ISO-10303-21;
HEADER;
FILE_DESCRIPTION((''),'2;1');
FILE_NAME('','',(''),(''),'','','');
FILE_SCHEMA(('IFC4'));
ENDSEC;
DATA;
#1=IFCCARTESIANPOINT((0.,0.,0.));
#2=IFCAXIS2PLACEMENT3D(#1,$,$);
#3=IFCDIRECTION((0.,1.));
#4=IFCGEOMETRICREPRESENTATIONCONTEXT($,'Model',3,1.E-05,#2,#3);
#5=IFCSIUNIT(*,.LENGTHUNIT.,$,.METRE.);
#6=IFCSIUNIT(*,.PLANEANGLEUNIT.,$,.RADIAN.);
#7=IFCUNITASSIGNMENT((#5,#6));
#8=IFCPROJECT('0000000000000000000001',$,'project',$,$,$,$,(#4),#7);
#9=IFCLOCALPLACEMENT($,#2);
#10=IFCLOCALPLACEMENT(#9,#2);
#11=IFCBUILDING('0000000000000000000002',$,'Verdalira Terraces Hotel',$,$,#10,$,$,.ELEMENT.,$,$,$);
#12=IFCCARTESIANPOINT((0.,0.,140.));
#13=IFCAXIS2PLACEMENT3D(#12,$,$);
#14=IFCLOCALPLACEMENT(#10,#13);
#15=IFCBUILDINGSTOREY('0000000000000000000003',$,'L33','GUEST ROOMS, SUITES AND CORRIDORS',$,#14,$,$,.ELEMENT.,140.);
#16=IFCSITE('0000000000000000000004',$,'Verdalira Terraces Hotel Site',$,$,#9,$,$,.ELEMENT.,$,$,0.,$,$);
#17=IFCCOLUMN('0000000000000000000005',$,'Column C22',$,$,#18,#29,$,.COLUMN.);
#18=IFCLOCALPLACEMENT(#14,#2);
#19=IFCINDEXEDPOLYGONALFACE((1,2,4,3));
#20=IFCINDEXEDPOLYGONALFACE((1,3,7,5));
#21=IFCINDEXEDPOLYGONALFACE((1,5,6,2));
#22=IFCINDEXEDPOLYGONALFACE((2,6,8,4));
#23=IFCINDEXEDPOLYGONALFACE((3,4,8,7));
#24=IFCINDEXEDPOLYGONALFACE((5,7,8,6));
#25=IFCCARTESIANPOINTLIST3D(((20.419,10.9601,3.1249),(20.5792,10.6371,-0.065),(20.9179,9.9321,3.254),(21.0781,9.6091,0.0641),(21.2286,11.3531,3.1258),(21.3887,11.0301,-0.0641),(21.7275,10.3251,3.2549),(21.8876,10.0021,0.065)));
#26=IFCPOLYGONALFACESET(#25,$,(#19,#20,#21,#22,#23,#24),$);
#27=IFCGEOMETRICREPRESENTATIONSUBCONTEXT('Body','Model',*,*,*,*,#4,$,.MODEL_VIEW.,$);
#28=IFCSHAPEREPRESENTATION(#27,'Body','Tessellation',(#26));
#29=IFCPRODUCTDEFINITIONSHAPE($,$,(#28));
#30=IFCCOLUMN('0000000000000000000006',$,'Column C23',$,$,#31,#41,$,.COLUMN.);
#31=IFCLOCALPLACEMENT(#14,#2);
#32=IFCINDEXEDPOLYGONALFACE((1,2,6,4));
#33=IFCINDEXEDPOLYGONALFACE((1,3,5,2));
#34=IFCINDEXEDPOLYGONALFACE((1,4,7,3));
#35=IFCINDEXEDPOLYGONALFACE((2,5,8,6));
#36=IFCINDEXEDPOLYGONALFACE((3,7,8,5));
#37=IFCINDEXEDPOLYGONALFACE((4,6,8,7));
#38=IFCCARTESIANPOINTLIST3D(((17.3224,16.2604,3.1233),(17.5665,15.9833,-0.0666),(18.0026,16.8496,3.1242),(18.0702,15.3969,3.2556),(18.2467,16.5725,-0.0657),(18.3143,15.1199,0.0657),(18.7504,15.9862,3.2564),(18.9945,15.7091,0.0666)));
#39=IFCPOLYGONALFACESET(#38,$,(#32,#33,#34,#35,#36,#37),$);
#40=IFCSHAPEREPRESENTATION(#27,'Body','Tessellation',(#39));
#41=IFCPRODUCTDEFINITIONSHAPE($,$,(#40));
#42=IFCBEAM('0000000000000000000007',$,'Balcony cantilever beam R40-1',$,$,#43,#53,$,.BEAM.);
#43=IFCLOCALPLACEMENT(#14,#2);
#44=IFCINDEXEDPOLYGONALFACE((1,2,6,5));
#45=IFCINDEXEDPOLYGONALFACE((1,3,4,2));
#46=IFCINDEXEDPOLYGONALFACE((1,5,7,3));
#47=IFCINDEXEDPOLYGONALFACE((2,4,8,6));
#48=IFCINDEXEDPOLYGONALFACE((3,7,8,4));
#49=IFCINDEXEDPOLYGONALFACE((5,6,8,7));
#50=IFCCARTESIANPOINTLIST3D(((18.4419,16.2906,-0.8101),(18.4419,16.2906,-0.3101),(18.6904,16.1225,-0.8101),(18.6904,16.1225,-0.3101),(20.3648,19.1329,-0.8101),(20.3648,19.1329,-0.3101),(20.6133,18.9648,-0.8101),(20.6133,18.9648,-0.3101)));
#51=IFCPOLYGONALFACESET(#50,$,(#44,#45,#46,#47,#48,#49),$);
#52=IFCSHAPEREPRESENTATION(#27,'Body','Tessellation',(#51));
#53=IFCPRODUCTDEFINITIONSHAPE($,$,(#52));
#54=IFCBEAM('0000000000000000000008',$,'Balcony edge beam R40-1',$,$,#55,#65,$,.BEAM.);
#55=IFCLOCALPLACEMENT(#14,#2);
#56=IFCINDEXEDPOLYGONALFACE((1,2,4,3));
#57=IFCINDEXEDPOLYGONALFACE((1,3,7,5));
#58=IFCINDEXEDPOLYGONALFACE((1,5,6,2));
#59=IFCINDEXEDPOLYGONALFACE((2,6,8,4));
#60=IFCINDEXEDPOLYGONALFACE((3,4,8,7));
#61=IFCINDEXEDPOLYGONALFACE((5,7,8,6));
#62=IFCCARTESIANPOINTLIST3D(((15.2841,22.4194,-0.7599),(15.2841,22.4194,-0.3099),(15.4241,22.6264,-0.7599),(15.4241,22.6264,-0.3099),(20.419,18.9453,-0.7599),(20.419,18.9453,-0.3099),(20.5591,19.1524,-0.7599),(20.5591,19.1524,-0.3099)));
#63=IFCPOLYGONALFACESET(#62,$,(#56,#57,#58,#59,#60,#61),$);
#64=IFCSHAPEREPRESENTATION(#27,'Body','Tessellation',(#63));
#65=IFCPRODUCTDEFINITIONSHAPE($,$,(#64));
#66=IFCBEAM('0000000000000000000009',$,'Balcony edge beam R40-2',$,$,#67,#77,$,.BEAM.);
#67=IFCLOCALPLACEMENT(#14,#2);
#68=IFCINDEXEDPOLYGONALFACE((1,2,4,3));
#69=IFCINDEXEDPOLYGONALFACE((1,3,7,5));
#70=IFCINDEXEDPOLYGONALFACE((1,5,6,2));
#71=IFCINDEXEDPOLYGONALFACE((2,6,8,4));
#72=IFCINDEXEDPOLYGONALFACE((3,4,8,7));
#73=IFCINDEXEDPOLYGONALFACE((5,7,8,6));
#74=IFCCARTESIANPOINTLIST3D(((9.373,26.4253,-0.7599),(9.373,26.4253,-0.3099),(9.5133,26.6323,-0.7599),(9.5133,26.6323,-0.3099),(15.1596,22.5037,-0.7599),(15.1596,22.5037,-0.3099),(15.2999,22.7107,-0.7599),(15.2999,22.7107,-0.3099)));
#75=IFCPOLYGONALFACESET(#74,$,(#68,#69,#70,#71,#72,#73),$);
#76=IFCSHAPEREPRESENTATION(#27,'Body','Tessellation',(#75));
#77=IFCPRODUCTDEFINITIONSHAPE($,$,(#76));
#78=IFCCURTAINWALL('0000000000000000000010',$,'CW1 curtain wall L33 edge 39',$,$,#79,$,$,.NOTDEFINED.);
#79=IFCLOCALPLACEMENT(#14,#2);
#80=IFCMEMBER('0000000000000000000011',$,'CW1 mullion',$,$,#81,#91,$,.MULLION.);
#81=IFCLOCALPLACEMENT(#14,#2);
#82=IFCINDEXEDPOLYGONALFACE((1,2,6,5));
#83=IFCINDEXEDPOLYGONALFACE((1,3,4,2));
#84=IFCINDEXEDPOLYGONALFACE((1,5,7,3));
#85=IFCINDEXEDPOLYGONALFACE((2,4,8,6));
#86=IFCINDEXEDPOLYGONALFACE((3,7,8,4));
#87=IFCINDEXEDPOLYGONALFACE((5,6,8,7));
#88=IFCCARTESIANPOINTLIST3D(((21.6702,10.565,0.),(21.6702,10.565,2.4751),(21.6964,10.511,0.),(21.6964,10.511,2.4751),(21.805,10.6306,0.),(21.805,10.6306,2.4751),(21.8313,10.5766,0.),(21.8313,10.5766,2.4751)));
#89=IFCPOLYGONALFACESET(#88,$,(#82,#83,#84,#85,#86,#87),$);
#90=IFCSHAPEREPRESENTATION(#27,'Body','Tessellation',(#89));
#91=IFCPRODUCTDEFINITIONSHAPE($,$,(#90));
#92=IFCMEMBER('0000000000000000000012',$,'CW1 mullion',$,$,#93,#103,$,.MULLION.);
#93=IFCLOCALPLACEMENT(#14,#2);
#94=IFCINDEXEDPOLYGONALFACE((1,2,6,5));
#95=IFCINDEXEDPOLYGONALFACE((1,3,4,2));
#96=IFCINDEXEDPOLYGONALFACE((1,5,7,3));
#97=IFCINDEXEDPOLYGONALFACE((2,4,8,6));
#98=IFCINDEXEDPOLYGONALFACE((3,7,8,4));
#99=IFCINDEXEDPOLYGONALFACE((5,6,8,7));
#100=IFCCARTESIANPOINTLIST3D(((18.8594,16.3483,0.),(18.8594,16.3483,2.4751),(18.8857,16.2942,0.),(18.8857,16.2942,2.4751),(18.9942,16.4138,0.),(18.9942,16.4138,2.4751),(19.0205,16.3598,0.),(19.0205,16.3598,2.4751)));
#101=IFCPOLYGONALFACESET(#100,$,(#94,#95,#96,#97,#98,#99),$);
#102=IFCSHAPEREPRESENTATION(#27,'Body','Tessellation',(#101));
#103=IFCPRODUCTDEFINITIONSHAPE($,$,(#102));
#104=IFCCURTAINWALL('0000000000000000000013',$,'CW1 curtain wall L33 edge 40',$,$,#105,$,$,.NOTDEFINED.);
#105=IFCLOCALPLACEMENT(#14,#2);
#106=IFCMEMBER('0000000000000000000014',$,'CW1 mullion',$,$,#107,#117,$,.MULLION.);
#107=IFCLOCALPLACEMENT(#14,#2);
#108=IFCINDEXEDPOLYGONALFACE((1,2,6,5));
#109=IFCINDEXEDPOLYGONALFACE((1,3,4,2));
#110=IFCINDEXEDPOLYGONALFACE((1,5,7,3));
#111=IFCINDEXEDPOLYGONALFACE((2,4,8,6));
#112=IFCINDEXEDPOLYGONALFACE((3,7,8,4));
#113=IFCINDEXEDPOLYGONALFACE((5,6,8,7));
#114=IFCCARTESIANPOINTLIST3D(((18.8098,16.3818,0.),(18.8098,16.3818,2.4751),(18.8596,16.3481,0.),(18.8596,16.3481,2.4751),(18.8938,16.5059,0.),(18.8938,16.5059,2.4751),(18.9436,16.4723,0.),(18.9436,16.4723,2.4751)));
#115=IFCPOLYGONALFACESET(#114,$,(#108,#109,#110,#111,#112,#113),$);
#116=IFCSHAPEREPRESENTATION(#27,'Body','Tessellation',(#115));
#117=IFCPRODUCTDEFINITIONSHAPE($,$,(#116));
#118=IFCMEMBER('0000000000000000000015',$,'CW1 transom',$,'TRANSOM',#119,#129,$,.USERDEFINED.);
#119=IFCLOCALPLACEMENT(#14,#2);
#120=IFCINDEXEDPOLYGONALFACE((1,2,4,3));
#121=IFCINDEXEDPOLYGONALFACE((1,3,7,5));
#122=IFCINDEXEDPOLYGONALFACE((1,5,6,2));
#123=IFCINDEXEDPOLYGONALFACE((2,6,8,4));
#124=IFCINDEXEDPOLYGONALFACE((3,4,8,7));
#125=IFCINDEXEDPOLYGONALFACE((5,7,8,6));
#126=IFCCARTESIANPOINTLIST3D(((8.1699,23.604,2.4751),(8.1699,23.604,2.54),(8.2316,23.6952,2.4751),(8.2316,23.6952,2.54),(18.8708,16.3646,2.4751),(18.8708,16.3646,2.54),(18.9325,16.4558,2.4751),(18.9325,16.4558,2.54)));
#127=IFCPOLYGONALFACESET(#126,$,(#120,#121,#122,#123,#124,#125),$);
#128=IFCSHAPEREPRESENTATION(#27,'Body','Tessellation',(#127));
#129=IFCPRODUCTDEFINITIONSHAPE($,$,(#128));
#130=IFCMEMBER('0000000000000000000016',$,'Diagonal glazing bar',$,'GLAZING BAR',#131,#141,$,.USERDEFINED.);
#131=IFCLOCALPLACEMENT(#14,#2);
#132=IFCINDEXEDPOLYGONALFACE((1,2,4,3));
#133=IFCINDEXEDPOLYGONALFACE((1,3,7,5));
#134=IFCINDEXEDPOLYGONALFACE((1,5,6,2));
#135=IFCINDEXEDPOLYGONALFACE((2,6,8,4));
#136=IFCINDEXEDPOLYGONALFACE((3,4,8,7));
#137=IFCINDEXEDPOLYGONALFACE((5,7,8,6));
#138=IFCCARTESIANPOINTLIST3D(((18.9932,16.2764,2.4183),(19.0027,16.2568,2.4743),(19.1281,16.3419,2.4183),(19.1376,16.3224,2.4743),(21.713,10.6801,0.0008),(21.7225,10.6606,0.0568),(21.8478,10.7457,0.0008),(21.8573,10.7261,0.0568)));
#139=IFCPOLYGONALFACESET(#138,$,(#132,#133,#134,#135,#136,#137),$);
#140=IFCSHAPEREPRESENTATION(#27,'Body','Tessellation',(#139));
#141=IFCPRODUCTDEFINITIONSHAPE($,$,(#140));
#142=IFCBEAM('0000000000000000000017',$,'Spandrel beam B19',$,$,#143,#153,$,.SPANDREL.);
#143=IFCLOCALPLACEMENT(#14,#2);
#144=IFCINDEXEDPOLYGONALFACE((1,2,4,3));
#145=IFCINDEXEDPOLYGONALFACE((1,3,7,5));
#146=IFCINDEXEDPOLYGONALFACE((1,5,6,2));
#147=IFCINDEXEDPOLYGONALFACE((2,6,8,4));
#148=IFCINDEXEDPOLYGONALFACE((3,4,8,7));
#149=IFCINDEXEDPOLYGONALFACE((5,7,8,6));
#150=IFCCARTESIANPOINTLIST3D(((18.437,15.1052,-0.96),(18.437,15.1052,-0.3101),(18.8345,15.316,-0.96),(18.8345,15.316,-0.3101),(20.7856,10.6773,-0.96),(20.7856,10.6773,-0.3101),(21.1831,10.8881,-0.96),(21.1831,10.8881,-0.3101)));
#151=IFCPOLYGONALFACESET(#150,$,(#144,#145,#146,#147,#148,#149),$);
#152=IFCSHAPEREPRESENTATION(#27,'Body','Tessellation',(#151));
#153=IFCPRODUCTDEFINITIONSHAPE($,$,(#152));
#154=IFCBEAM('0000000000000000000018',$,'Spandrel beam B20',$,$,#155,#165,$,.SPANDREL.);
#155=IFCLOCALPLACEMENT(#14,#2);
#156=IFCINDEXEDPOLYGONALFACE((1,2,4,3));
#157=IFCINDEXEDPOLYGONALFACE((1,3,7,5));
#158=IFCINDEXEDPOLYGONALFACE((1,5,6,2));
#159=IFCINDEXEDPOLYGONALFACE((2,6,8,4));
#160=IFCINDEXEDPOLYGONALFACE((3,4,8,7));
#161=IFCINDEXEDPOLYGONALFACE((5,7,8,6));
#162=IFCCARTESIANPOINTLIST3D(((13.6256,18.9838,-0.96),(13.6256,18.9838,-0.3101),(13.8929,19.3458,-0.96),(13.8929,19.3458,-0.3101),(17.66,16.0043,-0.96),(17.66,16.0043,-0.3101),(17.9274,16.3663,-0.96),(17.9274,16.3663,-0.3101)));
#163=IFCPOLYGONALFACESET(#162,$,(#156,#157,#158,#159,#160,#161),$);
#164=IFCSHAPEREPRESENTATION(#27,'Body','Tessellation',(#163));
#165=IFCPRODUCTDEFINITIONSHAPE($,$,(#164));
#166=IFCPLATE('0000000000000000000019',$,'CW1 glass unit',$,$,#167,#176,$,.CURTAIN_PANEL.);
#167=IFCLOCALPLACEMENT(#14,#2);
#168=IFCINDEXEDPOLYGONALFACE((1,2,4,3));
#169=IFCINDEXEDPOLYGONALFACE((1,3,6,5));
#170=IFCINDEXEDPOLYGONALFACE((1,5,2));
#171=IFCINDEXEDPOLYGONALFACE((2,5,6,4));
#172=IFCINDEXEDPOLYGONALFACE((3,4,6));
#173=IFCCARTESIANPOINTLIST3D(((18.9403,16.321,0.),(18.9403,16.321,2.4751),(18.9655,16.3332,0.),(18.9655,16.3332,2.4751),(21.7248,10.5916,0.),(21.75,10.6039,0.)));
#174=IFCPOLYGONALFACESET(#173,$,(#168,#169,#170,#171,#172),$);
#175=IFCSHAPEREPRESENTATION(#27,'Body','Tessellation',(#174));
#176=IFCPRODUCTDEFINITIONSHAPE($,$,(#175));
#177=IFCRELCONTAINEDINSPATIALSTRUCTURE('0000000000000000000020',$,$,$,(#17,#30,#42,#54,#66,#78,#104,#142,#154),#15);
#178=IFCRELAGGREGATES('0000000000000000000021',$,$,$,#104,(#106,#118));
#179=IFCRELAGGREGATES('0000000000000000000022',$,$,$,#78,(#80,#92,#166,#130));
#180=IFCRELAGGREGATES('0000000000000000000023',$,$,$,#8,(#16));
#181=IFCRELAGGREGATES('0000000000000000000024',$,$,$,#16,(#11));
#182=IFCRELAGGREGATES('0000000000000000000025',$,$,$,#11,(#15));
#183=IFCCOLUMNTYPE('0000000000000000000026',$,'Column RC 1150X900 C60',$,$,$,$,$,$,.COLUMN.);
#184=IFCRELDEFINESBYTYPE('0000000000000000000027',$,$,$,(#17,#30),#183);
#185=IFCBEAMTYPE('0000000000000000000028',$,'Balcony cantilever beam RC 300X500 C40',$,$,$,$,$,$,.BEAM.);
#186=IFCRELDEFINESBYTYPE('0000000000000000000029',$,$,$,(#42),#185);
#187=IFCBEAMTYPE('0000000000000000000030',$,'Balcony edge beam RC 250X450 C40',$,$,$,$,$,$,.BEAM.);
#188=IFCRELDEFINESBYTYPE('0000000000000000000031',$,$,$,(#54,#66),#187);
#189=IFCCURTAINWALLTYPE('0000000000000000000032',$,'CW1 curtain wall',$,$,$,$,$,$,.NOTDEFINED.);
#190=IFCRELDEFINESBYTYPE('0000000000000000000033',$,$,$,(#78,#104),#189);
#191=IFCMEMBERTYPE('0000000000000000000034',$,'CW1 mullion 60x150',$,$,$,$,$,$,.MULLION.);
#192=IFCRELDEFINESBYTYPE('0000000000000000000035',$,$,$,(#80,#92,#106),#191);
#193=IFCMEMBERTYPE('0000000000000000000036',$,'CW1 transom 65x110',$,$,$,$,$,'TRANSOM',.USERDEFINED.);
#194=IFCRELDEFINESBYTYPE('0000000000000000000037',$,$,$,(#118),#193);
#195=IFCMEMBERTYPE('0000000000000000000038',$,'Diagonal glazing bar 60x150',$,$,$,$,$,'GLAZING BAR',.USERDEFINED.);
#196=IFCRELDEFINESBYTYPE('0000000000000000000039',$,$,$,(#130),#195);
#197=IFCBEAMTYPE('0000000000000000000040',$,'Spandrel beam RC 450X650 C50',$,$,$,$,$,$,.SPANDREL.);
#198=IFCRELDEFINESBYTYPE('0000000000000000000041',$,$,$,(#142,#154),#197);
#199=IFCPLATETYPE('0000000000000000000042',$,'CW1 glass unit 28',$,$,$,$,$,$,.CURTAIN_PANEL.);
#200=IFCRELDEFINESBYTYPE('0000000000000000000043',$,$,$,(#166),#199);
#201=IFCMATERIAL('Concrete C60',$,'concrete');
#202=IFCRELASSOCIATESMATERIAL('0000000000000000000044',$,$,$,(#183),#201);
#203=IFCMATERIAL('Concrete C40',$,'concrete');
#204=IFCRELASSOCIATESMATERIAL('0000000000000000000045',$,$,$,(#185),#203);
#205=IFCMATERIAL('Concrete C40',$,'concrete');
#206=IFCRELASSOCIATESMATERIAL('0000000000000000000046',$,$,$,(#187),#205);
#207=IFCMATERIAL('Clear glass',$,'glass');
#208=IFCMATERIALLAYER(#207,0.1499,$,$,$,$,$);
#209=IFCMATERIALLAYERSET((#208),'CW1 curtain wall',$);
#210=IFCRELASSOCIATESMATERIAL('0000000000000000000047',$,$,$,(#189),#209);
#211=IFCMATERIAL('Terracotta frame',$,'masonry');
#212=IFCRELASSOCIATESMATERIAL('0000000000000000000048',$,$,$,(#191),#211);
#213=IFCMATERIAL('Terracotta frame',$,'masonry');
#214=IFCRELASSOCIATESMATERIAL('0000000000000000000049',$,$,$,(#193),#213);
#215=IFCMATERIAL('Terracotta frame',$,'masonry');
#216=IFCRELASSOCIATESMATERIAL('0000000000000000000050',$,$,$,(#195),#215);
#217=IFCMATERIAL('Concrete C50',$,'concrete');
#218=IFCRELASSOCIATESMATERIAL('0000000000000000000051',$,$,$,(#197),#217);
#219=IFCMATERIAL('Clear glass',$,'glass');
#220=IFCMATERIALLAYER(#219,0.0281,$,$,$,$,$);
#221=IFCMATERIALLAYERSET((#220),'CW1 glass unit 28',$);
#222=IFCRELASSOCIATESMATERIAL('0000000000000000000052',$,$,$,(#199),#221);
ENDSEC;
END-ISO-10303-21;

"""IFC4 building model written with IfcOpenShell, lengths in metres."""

from ifc_helpers import new_model, si_unit, direction, frame, origin, origin_2d, place, context, subcontext, project, spatial, polyline, rectangle, outline, extrude, material, layer, layer_set, material_profile, profile_set, type_object, element, aggregate, save


model = new_model("IFC4")

# Units and contexts
model_context = context("Model", 3, precision=1e-05, world=origin(), true_north=direction((0.0, 1.0)))
body_context = subcontext(model_context, "Body", "Model", "MODEL_VIEW")
ifc_project = project(units=[si_unit("LENGTHUNIT", "METRE"), si_unit("PLANEANGLEUNIT", "RADIAN")], contexts=[model_context])

# Site, building, storey
site_placement = place(None, origin())
site = spatial("IfcSite", under=ifc_project, at=site_placement, Name="Verdalira Terraces Hotel Site", CompositionType="ELEMENT", RefElevation=0.0)
building_placement = place(site_placement, origin())
building = spatial("IfcBuilding", under=site, at=building_placement, Name="Verdalira Terraces Hotel", CompositionType="ELEMENT")
storey_placement = place(building_placement, frame((0.0, 0.0, 140.0)))
storey = spatial("IfcBuildingStorey", under=building, at=storey_placement, Name="L33", Description="GUEST ROOMS, SUITES AND CORRIDORS", CompositionType="ELEMENT", Elevation=140.0)

# Columns
ifc_material_1 = material(Name="Concrete C60", Category="concrete")
ifc_material_profile_1 = material_profile(ifc_material_1, rectangle(XDim=1.1499, YDim=0.8999, at=origin_2d()), Name="RC 1150X900")
ifc_profile_set_1 = profile_set([ifc_material_profile_1], Name="Concrete C60")
column_type = type_object("IfcColumnType", Name="Column RC 1150X900 C60", PredefinedType="COLUMN", material=ifc_profile_set_1)
column_1_placement = place(storey_placement, frame((21.2334, 10.3196, 0.0), z_axis=(-0.049889, 0.100615, 0.993674), x_axis=(-0.433852, 0.893958, -0.1123)))
element("IfcColumn", 1, at=column_1_placement, inside=storey, type_object=column_type, Name="Column C22", PredefinedType="COLUMN", context=body_context, shape_type="SweptSolid", body=[
    extrude(rectangle(XDim=1.1499, YDim=0.8999, at=origin_2d()), origin(), (0.0, 0.0, 1.0), 3.2102),
])
column_2_placement = place(storey_placement, frame((18.2805, 15.8462, 0.0), z_axis=(-0.076027, 0.08629, 0.993365), x_axis=(0.650338, -0.75089, 0.115001)))
element("IfcColumn", 2, at=column_2_placement, inside=storey, type_object=column_type, Name="Column C23", PredefinedType="COLUMN", context=body_context, shape_type="SweptSolid", body=[
    extrude(rectangle(XDim=1.1499, YDim=0.8999, at=origin_2d()), origin(), (0.0, 0.0, 1.0), 3.2112),
])

# Beams
ifc_material_2 = material(Name="Concrete C40", Category="concrete")
ifc_material_profile_2 = material_profile(ifc_material_2, rectangle(XDim=0.3, YDim=0.5, at=origin_2d()), Name="RC 300X500")
ifc_profile_set_2 = profile_set([ifc_material_profile_2], Name="Concrete C40")
beam_type_1 = type_object("IfcBeamType", Name="Balcony cantilever beam RC 300X500 C40", PredefinedType="BEAM", material=ifc_profile_set_2)
beam_1_placement = place(storey_placement, frame((18.5662, 16.2065, -0.5601), z_axis=(0.560335, 0.828266, 0.0), x_axis=(-0.828266, 0.560335, 0.0)))
element("IfcBeam", 3, at=beam_1_placement, inside=storey, type_object=beam_type_1, Name="Balcony cantilever beam R40-1", PredefinedType="BEAM", context=body_context, shape_type="SweptSolid", body=[
    extrude(rectangle(XDim=0.3, YDim=0.5, at=origin_2d()), origin(), (0.0, 0.0, 1.0), 3.4316),
])
ifc_material_3 = material(Name="Concrete C40", Category="concrete")
ifc_material_profile_3 = material_profile(ifc_material_3, rectangle(XDim=0.25, YDim=0.45, at=origin_2d()), Name="RC 250X450")
ifc_profile_set_3 = profile_set([ifc_material_profile_3], Name="Concrete C40")
beam_type_2 = type_object("IfcBeamType", Name="Balcony edge beam RC 250X450 C40", PredefinedType="BEAM", material=ifc_profile_set_3)
beam_2_placement = place(storey_placement, frame((20.489, 19.0488, -0.5349), z_axis=(-0.828251, 0.560358, 0.0), x_axis=(-0.560358, -0.828251, 0.0)))
element("IfcBeam", 4, at=beam_2_placement, inside=storey, type_object=beam_type_2, Name="Balcony edge beam R40-1", PredefinedType="BEAM", context=body_context, shape_type="SweptSolid", body=[
    extrude(rectangle(XDim=0.25, YDim=0.45, at=origin_2d()), origin(), (0.0, 0.0, 1.0), 6.1997),
])
beam_3_placement = place(storey_placement, frame((15.2297, 22.6072, -0.5349), z_axis=(-0.827808, 0.561011, 0.0), x_axis=(-0.561011, -0.827808, 0.0)))
element("IfcBeam", 5, at=beam_3_placement, inside=storey, type_object=beam_type_2, Name="Balcony edge beam R40-2", PredefinedType="BEAM", context=body_context, shape_type="SweptSolid", body=[
    extrude(rectangle(XDim=0.25, YDim=0.45, at=origin_2d()), origin(), (0.0, 0.0, 1.0), 6.9902),
])

# Curtain walls, members
ifc_material_4 = material(Name="Clear glass", Category="glass")
ifc_layer_1 = layer(ifc_material_4, 0.1499)
ifc_layer_set_1 = layer_set([ifc_layer_1], Name="CW1 curtain wall")
curtain_wall_type = type_object("IfcCurtainWallType", Name="CW1 curtain wall", PredefinedType="NOTDEFINED", material=ifc_layer_set_1)
curtain_wall_1_placement = place(storey_placement, origin())
curtain_wall_1 = element("IfcCurtainWall", 6, at=curtain_wall_1_placement, inside=storey, type_object=curtain_wall_type, Name="CW1 curtain wall L33 edge 39", PredefinedType="NOTDEFINED")
ifc_material_5 = material(Name="Terracotta frame", Category="masonry")
ifc_material_profile_4 = material_profile(ifc_material_5, rectangle(XDim=0.0601, YDim=0.1499, at=origin_2d()), Name="MU 60x150")
ifc_profile_set_4 = profile_set([ifc_material_profile_4], Name="Terracotta frame")
member_type_1 = type_object("IfcMemberType", Name="CW1 mullion 60x150", PredefinedType="MULLION", material=ifc_profile_set_4)
member_1_placement = place(storey_placement, frame((21.7507, 10.5708, 0.0), z_axis=(0.0, 0.0, 1.0), x_axis=(-0.437116, 0.899405, 0.0)))
member_1 = element("IfcMember", 7, at=member_1_placement, type_object=member_type_1, Name="CW1 mullion", PredefinedType="MULLION", context=body_context, shape_type="SweptSolid", body=[
    extrude(rectangle(XDim=0.0601, YDim=0.1499, at=origin_2d()), origin(), (0.0, 0.0, 1.0), 2.4751),
])
member_2_placement = place(storey_placement, frame((18.9399, 16.354, 0.0), z_axis=(0.0, 0.0, 1.0), x_axis=(-0.437116, 0.899405, 0.0)))
member_2 = element("IfcMember", 8, at=member_2_placement, type_object=member_type_1, Name="CW1 mullion", PredefinedType="MULLION", context=body_context, shape_type="SweptSolid", body=[
    extrude(rectangle(XDim=0.0601, YDim=0.1499, at=origin_2d()), origin(), (0.0, 0.0, 1.0), 2.4751),
])
curtain_wall_2_placement = place(storey_placement, origin())
curtain_wall_2 = element("IfcCurtainWall", 9, at=curtain_wall_2_placement, inside=storey, type_object=curtain_wall_type, Name="CW1 curtain wall L33 edge 40", PredefinedType="NOTDEFINED")
member_3_placement = place(storey_placement, frame((18.8767, 16.427, 0.0), z_axis=(0.0, 0.0, 1.0), x_axis=(-0.828256, 0.56035, 0.0)))
member_3 = element("IfcMember", 10, at=member_3_placement, type_object=member_type_1, Name="CW1 mullion", PredefinedType="MULLION", context=body_context, shape_type="SweptSolid", body=[
    extrude(rectangle(XDim=0.0601, YDim=0.1499, at=origin_2d()), origin(), (0.0, 0.0, 1.0), 2.4751),
])
ifc_material_6 = material(Name="Terracotta frame", Category="masonry")
ifc_material_profile_5 = material_profile(ifc_material_6, rectangle(XDim=0.1101, YDim=0.0649, at=origin_2d()), Name="TR 65x110")
ifc_profile_set_5 = profile_set([ifc_material_profile_5], Name="Terracotta frame")
member_type_2 = type_object("IfcMemberType", Name="CW1 transom 65x110", ElementType="TRANSOM", PredefinedType="USERDEFINED", material=ifc_profile_set_5)
member_4_placement = place(storey_placement, frame((18.9016, 16.4102, 2.5076), z_axis=(-0.82826, 0.560343, 0.0), x_axis=(-0.560343, -0.82826, 0.0)))
member_4 = element("IfcMember", 11, at=member_4_placement, type_object=member_type_2, Name="CW1 transom", ObjectType="TRANSOM", PredefinedType="USERDEFINED", context=body_context, shape_type="SweptSolid", body=[
    extrude(rectangle(XDim=0.1101, YDim=0.0649, at=origin_2d()), origin(), (0.0, 0.0, 1.0), 12.9197),
])
aggregate(curtain_wall_2, [member_3, member_4])

# Member
ifc_material_7 = material(Name="Terracotta frame", Category="masonry")
ifc_material_profile_6 = material_profile(ifc_material_7, rectangle(XDim=0.1499, YDim=0.0601, at=origin_2d()), Name="GB 60x150")
ifc_profile_set_6 = profile_set([ifc_material_profile_6], Name="Terracotta frame")
member_type_3 = type_object("IfcMemberType", Name="Diagonal glazing bar 60x150", ElementType="GLAZING BAR", PredefinedType="USERDEFINED", material=ifc_profile_set_6)
member_5_placement = place(storey_placement, frame((21.7852, 10.7031, 0.0288), z_axis=(-0.407437, 0.838354, 0.362158), x_axis=(-0.899409, -0.437109, 0.0)))
member_5 = element("IfcMember", 12, at=member_5_placement, type_object=member_type_3, Name="Diagonal glazing bar", ObjectType="GLAZING BAR", PredefinedType="USERDEFINED", context=body_context, shape_type="SweptSolid", body=[
    extrude(rectangle(XDim=0.1499, YDim=0.0601, at=origin_2d()), origin(), (0.0, 0.0, 1.0), 6.6753),
])

# Beams
ifc_material_8 = material(Name="Concrete C50", Category="concrete")
ifc_material_profile_7 = material_profile(ifc_material_8, rectangle(XDim=0.45, YDim=0.6499, at=origin_2d()), Name="RC 450X650")
ifc_profile_set_7 = profile_set([ifc_material_profile_7], Name="Concrete C50")
beam_type_3 = type_object("IfcBeamType", Name="Spandrel beam RC 450X650 C50", PredefinedType="SPANDREL", material=ifc_profile_set_7)
beam_4_placement = place(storey_placement, frame((20.9844, 10.7827, -0.635), z_axis=(-0.468575, 0.883424, 0.0), x_axis=(-0.883424, -0.468575, 0.0)))
element("IfcBeam", 13, at=beam_4_placement, inside=storey, type_object=beam_type_3, Name="Spandrel beam B19", PredefinedType="SPANDREL", context=body_context, shape_type="SweptSolid", body=[
    extrude(rectangle(XDim=0.45, YDim=0.6499, at=origin_2d()), origin(), (0.0, 0.0, 1.0), 5.0122),
])
beam_5_placement = place(storey_placement, frame((17.7937, 16.1853, -0.635), z_axis=(-0.804412, 0.594072, 0.0), x_axis=(-0.594072, -0.804412, 0.0)))
element("IfcBeam", 14, at=beam_5_placement, inside=storey, type_object=beam_type_3, Name="Spandrel beam B20", PredefinedType="SPANDREL", context=body_context, shape_type="SweptSolid", body=[
    extrude(rectangle(XDim=0.45, YDim=0.6499, at=origin_2d()), origin(), (0.0, 0.0, 1.0), 5.0154),
])

# Plate
ifc_material_9 = material(Name="Clear glass", Category="glass")
ifc_layer_2 = layer(ifc_material_9, 0.0281)
ifc_layer_set_2 = layer_set([ifc_layer_2], Name="CW1 glass unit 28")
plate_type = type_object("IfcPlateType", Name="CW1 glass unit 28", PredefinedType="CURTAIN_PANEL", material=ifc_layer_set_2)
plate_1_placement = place(storey_placement, frame((20.3325, 13.4563, 1.2375), z_axis=(0.899405, 0.437116, 0.0), x_axis=(-0.437116, 0.899405, 0.0)))
plate_1 = element("IfcPlate", 15, at=plate_1_placement, type_object=plate_type, Name="CW1 glass unit", PredefinedType="CURTAIN_PANEL", context=body_context, shape_type="SweptSolid", body=[
    extrude(outline(polyline([(-3.1851, -1.2375), (3.1851, -1.2375), (3.1851, 1.2375), (-3.1851, -1.2375)])), origin(), (0.0, 0.0, 1.0), 0.0281),
])
aggregate(curtain_wall_1, [member_1, member_2, plate_1, member_5])

save(model, "model.ifc")
